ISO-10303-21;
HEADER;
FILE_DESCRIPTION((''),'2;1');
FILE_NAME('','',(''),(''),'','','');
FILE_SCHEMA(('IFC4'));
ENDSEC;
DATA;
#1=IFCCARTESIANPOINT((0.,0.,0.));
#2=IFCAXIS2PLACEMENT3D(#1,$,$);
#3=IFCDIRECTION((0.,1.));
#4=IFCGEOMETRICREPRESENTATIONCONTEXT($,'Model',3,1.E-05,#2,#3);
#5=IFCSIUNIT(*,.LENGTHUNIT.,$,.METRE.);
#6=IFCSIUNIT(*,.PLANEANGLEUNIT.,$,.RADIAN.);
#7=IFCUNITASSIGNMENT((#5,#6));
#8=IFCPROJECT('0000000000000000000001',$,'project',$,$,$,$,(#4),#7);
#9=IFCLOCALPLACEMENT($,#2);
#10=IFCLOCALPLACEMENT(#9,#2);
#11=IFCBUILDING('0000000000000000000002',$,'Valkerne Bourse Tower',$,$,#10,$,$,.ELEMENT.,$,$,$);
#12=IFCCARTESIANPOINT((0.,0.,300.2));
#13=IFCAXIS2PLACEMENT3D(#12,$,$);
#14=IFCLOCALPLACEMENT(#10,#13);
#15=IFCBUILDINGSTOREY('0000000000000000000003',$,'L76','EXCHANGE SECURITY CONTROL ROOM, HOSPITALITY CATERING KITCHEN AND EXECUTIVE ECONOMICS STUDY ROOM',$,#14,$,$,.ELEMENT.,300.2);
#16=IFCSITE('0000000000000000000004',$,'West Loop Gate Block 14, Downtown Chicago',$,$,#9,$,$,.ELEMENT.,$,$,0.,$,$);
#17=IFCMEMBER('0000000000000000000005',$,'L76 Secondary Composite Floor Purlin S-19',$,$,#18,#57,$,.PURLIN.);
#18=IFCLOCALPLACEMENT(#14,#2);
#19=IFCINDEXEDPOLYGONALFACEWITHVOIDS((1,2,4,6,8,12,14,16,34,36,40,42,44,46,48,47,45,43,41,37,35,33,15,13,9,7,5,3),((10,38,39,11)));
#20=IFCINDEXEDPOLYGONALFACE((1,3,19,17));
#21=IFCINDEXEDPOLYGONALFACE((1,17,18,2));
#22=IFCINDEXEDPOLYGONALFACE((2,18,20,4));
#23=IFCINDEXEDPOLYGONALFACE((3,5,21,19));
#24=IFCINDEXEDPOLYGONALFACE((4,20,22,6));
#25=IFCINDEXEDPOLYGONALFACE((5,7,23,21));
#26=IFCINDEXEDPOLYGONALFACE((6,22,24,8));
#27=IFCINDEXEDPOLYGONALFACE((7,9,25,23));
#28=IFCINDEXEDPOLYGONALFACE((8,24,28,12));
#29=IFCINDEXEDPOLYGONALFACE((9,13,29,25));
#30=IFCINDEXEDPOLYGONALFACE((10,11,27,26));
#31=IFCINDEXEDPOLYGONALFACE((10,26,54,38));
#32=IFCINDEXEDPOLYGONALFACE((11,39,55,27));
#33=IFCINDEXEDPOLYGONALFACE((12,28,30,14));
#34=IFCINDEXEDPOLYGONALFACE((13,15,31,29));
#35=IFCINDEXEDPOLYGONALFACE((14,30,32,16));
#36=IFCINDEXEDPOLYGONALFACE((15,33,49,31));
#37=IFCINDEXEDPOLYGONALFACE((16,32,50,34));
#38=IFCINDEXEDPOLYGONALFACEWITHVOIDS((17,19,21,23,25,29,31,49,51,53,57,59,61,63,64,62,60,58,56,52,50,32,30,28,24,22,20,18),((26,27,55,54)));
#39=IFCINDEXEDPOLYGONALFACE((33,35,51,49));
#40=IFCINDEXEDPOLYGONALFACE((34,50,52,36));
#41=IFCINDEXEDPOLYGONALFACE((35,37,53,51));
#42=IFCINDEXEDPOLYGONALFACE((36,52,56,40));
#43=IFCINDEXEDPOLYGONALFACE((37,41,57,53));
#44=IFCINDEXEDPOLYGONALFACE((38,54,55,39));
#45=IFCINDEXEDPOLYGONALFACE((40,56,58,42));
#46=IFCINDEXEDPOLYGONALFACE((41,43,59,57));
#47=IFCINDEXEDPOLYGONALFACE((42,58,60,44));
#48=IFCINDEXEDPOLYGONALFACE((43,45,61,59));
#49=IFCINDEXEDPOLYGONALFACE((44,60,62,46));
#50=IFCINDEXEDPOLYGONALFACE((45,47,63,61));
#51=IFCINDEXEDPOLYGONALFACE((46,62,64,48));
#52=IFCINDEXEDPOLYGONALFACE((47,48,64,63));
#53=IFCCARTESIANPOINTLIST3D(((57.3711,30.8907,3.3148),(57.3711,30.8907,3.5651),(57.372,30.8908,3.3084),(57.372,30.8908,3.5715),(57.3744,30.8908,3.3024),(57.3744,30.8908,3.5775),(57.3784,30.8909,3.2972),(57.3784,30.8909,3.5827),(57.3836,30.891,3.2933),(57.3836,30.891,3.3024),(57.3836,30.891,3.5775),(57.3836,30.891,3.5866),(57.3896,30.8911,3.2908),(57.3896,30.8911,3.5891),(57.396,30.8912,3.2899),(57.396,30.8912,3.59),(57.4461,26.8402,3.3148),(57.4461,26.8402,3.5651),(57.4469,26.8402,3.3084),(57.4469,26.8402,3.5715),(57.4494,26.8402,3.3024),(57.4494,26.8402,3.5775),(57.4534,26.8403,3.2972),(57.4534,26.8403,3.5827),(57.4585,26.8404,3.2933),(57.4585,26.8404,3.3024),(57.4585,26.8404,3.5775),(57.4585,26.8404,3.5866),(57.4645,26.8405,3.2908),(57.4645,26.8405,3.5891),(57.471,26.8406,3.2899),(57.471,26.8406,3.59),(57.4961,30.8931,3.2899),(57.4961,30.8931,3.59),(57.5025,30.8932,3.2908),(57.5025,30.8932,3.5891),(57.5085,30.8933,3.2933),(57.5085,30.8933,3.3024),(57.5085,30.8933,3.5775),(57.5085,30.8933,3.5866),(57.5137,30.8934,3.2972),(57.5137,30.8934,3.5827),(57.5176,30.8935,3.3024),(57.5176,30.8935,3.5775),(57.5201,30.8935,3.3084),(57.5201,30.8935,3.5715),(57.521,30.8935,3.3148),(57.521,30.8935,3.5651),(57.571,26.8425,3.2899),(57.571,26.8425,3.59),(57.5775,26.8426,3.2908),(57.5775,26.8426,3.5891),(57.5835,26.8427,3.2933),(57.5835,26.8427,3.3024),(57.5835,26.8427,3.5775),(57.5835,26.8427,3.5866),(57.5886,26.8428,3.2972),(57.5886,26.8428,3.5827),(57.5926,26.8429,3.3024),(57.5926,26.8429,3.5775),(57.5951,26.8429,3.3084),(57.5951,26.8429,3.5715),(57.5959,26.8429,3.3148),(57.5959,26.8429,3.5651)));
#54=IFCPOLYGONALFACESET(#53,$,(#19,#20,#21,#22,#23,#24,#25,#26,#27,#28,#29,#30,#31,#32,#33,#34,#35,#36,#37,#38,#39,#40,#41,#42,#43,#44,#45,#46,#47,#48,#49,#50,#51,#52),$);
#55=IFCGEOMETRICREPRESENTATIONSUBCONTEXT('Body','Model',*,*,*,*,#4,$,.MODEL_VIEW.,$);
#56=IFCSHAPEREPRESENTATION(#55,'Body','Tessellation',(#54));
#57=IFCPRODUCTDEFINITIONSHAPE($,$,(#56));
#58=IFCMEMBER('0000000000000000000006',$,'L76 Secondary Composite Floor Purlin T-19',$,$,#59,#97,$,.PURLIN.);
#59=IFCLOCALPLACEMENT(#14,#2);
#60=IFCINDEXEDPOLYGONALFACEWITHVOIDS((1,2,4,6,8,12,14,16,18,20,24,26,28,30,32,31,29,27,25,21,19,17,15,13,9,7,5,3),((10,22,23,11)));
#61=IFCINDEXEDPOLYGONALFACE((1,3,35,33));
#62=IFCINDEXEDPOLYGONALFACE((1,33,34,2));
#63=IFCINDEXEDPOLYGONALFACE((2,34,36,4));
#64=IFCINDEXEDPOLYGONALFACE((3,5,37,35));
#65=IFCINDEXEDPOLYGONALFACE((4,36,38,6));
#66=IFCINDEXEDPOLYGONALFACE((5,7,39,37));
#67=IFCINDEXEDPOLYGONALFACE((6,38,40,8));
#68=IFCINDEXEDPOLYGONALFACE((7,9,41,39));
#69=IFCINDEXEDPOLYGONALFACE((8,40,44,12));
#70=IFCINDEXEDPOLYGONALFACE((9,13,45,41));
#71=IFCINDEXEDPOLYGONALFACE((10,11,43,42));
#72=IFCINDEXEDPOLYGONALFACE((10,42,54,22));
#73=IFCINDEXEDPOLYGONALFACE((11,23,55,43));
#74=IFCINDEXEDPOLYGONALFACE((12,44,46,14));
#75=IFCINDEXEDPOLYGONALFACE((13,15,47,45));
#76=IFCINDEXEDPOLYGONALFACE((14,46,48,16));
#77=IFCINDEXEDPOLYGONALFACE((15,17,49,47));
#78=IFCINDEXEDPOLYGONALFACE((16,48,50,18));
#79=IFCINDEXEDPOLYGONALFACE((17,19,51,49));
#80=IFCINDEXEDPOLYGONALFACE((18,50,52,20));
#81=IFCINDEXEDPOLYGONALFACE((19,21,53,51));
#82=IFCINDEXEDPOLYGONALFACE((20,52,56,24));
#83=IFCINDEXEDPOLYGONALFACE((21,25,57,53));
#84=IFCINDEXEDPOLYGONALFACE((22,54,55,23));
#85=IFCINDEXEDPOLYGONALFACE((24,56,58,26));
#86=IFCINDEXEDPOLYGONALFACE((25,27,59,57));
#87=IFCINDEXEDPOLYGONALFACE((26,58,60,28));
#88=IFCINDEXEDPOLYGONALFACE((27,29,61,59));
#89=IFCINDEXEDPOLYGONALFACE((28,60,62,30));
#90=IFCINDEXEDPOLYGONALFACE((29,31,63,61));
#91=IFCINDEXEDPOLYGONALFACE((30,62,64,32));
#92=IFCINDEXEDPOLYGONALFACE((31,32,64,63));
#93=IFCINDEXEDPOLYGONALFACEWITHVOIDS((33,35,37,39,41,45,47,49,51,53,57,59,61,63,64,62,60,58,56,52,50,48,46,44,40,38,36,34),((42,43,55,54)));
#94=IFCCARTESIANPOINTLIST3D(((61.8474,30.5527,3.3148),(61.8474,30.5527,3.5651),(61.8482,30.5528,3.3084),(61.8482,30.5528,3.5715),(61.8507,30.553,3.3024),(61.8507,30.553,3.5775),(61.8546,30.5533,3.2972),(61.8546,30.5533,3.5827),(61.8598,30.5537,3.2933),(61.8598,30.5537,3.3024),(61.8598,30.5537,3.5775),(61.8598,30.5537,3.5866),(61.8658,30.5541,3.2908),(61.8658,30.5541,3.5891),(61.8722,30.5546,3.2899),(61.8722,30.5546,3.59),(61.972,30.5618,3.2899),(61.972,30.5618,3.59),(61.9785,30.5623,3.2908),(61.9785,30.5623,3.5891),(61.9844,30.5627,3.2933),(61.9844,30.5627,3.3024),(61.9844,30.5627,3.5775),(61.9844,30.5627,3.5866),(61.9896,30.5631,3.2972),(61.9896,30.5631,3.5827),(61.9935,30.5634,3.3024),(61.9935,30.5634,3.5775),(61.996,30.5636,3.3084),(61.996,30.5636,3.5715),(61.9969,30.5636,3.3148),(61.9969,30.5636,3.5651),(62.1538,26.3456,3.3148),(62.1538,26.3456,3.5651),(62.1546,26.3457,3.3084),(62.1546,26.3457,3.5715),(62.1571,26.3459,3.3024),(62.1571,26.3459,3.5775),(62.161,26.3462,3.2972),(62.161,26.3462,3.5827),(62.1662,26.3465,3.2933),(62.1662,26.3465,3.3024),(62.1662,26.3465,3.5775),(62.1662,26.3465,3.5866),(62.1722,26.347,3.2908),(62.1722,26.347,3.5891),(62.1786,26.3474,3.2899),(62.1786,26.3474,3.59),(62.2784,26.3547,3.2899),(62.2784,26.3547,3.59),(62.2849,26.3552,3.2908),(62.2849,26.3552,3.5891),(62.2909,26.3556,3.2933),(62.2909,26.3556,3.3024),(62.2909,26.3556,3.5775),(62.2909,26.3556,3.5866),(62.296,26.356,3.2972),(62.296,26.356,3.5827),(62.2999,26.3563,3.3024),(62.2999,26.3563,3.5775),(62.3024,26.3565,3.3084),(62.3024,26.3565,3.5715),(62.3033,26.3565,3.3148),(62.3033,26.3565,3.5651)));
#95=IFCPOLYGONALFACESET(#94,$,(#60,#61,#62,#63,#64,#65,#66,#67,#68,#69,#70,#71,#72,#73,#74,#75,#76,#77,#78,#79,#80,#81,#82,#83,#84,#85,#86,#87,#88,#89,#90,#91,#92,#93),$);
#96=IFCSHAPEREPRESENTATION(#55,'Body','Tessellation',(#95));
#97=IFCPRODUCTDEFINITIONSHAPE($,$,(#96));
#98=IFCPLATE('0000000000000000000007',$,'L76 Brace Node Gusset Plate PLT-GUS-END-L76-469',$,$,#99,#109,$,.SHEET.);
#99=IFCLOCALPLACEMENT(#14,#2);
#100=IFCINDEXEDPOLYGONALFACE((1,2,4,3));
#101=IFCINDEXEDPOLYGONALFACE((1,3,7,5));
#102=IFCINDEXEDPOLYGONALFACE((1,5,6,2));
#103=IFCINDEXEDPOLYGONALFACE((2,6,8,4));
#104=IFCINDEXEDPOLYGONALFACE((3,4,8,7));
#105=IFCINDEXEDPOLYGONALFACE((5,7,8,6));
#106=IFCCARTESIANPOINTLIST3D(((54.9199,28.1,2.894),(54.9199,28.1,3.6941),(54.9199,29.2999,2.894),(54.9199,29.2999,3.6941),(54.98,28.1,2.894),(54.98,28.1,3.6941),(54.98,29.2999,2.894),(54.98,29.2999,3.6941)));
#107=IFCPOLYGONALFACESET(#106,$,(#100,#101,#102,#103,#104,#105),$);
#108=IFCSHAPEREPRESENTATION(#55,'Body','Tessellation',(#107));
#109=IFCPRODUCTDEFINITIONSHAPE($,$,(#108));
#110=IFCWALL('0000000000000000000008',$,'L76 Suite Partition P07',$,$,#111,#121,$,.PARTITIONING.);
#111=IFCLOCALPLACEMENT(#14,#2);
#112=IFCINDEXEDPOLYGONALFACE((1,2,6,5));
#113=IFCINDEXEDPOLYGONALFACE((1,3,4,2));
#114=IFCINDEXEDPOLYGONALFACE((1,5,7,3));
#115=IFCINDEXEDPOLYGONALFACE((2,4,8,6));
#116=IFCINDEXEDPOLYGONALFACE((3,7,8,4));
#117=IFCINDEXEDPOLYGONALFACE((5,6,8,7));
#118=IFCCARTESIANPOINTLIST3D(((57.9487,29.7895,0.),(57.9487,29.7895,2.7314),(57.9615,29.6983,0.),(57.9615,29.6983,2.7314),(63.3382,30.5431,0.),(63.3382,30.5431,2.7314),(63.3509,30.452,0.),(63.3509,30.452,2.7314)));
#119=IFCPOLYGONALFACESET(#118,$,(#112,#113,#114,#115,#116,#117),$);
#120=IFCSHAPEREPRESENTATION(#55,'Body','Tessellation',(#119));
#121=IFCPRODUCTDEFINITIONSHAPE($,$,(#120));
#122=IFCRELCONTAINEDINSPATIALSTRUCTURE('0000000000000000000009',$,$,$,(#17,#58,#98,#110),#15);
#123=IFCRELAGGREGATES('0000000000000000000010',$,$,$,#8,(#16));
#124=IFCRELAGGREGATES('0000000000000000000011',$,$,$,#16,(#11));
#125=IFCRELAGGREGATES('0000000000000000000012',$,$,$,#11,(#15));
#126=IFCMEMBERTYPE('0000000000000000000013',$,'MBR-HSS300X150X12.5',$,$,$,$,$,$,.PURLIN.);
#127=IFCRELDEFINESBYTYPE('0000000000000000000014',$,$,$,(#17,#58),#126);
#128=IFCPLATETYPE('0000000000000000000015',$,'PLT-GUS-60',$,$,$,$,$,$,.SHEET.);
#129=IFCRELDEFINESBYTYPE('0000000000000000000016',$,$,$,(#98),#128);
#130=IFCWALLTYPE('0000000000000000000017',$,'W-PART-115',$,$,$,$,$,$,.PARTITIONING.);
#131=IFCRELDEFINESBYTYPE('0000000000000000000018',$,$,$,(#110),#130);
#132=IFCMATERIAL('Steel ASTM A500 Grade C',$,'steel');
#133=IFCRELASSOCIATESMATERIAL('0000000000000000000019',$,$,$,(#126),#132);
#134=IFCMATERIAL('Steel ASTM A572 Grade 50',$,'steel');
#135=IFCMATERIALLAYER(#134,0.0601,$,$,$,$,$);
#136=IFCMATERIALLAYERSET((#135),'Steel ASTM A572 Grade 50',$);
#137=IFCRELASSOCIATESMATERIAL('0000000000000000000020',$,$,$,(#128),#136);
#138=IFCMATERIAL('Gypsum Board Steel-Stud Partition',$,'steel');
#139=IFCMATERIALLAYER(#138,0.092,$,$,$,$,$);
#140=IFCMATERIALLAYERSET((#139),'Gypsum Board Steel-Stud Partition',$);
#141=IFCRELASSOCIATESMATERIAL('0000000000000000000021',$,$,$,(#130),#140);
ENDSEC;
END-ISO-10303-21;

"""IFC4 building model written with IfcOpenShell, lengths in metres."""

from ifc_helpers import new_model, si_unit, direction, frame, frame_2d, origin, origin_2d, place, context, subcontext, project, spatial, rectangle, hollow_rectangle, extrude, material, layer, layer_set, material_profile, profile_set, type_object, element, save


model = new_model("IFC4")

# Units and contexts
model_context = context("Model", 3, precision=1e-05, world=origin(), true_north=direction((0.0, 1.0)))
body_context = subcontext(model_context, "Body", "Model", "MODEL_VIEW")
ifc_project = project(units=[si_unit("LENGTHUNIT", "METRE"), si_unit("PLANEANGLEUNIT", "RADIAN")], contexts=[model_context])

# Site, building, storey
site_placement = place(None, origin())
site = spatial("IfcSite", under=ifc_project, at=site_placement, Name="West Loop Gate Block 14, Downtown Chicago", CompositionType="ELEMENT", RefElevation=0.0)
building_placement = place(site_placement, origin())
building = spatial("IfcBuilding", under=site, at=building_placement, Name="Valkerne Bourse Tower", CompositionType="ELEMENT")
storey_placement = place(building_placement, frame((0.0, 0.0, 300.2)))
storey = spatial("IfcBuildingStorey", under=building, at=storey_placement, Name="L76", Description="EXCHANGE SECURITY CONTROL ROOM, HOSPITALITY CATERING KITCHEN AND EXECUTIVE ECONOMICS STUDY ROOM", CompositionType="ELEMENT", Elevation=300.2)

# Shared definitions
ifc_material_1 = material(Name="Steel ASTM A500 Grade C", Category="steel")

# Members
ifc_material_profile_1 = material_profile(ifc_material_1, hollow_rectangle(XDim=0.1499, YDim=0.3, WallThickness=0.0125, OuterFilletRadius=0.0249, at=origin_2d()), Name="HSS300X150X12.5")
ifc_profile_set_1 = profile_set([ifc_material_profile_1], Name="Steel ASTM A500 Grade C")
member_type_1 = type_object("IfcMemberType", Name="MBR-HSS300X150X12.5", PredefinedType="PURLIN", material=ifc_profile_set_1)
member_1_placement = place(storey_placement, frame((57.521, 26.8416, 3.4399), z_axis=(-0.018501, 0.999829, 0.0), x_axis=(-0.999829, -0.018501, 0.0)))
element("IfcMember", 1, at=member_1_placement, inside=storey, type_object=member_type_1, Name="L76 Secondary Composite Floor Purlin S-19", PredefinedType="PURLIN", context=body_context, shape_type="SweptSolid", body=[
    extrude(hollow_rectangle(XDim=0.1499, YDim=0.3, WallThickness=0.0125, OuterFilletRadius=0.0249, at=origin_2d()), origin(), (0.0, 0.0, 1.0), 4.0513),
])
member_2_placement = place(storey_placement, frame((62.2285, 26.3511, 3.4399), z_axis=(-0.072637, 0.997358, 0.0), x_axis=(-0.997358, -0.072637, 0.0)))
element("IfcMember", 2, at=member_2_placement, inside=storey, type_object=member_type_1, Name="L76 Secondary Composite Floor Purlin T-19", PredefinedType="PURLIN", context=body_context, shape_type="SweptSolid", body=[
    extrude(hollow_rectangle(XDim=0.1499, YDim=0.3, WallThickness=0.0125, OuterFilletRadius=0.0249, at=origin_2d()), origin(), (0.0, 0.0, 1.0), 4.2183),
])

# Plate
ifc_material_2 = material(Name="Steel ASTM A572 Grade 50", Category="steel")
ifc_layer_1 = layer(ifc_material_2, 0.0601)
ifc_layer_set_1 = layer_set([ifc_layer_1], Name="Steel ASTM A572 Grade 50")
plate_type = type_object("IfcPlateType", Name="PLT-GUS-60", PredefinedType="SHEET", material=ifc_layer_set_1)
plate_placement = place(storey_placement, frame((54.95, 28.7, 2.894), z_axis=(0.0, 0.0, 1.0), x_axis=(0.0, 1.0, 0.0)))
element("IfcPlate", 3, at=plate_placement, inside=storey, type_object=plate_type, Name="L76 Brace Node Gusset Plate PLT-GUS-END-L76-469", PredefinedType="SHEET", context=body_context, shape_type="SweptSolid", body=[
    extrude(rectangle(XDim=1.2, YDim=0.0601, at=origin_2d()), origin(), (0.0, 0.0, 1.0), 0.8),
])

# Wall
ifc_material_3 = material(Name="Gypsum Board Steel-Stud Partition", Category="steel")
ifc_layer_2 = layer(ifc_material_3, 0.092)
ifc_layer_set_2 = layer_set([ifc_layer_2], Name="Gypsum Board Steel-Stud Partition")
wall_type = type_object("IfcWallType", Name="W-PART-115", PredefinedType="PARTITIONING", material=ifc_layer_set_2)
wall_placement = place(storey_placement, frame((57.9551, 29.7439, 0.0), z_axis=(0.0, 0.0, 1.0), x_axis=(0.990363, 0.138494, 0.0)))
element("IfcWall", 4, at=wall_placement, inside=storey, type_object=wall_type, Name="L76 Suite Partition P07", PredefinedType="PARTITIONING", context=body_context, shape_type="SweptSolid", body=[
    extrude(rectangle(XDim=5.4419, YDim=0.092, at=frame_2d((2.7209, 0.0))), origin(), (0.0, 0.0, 1.0), 2.7314),
])

save(model, "model.ifc")
